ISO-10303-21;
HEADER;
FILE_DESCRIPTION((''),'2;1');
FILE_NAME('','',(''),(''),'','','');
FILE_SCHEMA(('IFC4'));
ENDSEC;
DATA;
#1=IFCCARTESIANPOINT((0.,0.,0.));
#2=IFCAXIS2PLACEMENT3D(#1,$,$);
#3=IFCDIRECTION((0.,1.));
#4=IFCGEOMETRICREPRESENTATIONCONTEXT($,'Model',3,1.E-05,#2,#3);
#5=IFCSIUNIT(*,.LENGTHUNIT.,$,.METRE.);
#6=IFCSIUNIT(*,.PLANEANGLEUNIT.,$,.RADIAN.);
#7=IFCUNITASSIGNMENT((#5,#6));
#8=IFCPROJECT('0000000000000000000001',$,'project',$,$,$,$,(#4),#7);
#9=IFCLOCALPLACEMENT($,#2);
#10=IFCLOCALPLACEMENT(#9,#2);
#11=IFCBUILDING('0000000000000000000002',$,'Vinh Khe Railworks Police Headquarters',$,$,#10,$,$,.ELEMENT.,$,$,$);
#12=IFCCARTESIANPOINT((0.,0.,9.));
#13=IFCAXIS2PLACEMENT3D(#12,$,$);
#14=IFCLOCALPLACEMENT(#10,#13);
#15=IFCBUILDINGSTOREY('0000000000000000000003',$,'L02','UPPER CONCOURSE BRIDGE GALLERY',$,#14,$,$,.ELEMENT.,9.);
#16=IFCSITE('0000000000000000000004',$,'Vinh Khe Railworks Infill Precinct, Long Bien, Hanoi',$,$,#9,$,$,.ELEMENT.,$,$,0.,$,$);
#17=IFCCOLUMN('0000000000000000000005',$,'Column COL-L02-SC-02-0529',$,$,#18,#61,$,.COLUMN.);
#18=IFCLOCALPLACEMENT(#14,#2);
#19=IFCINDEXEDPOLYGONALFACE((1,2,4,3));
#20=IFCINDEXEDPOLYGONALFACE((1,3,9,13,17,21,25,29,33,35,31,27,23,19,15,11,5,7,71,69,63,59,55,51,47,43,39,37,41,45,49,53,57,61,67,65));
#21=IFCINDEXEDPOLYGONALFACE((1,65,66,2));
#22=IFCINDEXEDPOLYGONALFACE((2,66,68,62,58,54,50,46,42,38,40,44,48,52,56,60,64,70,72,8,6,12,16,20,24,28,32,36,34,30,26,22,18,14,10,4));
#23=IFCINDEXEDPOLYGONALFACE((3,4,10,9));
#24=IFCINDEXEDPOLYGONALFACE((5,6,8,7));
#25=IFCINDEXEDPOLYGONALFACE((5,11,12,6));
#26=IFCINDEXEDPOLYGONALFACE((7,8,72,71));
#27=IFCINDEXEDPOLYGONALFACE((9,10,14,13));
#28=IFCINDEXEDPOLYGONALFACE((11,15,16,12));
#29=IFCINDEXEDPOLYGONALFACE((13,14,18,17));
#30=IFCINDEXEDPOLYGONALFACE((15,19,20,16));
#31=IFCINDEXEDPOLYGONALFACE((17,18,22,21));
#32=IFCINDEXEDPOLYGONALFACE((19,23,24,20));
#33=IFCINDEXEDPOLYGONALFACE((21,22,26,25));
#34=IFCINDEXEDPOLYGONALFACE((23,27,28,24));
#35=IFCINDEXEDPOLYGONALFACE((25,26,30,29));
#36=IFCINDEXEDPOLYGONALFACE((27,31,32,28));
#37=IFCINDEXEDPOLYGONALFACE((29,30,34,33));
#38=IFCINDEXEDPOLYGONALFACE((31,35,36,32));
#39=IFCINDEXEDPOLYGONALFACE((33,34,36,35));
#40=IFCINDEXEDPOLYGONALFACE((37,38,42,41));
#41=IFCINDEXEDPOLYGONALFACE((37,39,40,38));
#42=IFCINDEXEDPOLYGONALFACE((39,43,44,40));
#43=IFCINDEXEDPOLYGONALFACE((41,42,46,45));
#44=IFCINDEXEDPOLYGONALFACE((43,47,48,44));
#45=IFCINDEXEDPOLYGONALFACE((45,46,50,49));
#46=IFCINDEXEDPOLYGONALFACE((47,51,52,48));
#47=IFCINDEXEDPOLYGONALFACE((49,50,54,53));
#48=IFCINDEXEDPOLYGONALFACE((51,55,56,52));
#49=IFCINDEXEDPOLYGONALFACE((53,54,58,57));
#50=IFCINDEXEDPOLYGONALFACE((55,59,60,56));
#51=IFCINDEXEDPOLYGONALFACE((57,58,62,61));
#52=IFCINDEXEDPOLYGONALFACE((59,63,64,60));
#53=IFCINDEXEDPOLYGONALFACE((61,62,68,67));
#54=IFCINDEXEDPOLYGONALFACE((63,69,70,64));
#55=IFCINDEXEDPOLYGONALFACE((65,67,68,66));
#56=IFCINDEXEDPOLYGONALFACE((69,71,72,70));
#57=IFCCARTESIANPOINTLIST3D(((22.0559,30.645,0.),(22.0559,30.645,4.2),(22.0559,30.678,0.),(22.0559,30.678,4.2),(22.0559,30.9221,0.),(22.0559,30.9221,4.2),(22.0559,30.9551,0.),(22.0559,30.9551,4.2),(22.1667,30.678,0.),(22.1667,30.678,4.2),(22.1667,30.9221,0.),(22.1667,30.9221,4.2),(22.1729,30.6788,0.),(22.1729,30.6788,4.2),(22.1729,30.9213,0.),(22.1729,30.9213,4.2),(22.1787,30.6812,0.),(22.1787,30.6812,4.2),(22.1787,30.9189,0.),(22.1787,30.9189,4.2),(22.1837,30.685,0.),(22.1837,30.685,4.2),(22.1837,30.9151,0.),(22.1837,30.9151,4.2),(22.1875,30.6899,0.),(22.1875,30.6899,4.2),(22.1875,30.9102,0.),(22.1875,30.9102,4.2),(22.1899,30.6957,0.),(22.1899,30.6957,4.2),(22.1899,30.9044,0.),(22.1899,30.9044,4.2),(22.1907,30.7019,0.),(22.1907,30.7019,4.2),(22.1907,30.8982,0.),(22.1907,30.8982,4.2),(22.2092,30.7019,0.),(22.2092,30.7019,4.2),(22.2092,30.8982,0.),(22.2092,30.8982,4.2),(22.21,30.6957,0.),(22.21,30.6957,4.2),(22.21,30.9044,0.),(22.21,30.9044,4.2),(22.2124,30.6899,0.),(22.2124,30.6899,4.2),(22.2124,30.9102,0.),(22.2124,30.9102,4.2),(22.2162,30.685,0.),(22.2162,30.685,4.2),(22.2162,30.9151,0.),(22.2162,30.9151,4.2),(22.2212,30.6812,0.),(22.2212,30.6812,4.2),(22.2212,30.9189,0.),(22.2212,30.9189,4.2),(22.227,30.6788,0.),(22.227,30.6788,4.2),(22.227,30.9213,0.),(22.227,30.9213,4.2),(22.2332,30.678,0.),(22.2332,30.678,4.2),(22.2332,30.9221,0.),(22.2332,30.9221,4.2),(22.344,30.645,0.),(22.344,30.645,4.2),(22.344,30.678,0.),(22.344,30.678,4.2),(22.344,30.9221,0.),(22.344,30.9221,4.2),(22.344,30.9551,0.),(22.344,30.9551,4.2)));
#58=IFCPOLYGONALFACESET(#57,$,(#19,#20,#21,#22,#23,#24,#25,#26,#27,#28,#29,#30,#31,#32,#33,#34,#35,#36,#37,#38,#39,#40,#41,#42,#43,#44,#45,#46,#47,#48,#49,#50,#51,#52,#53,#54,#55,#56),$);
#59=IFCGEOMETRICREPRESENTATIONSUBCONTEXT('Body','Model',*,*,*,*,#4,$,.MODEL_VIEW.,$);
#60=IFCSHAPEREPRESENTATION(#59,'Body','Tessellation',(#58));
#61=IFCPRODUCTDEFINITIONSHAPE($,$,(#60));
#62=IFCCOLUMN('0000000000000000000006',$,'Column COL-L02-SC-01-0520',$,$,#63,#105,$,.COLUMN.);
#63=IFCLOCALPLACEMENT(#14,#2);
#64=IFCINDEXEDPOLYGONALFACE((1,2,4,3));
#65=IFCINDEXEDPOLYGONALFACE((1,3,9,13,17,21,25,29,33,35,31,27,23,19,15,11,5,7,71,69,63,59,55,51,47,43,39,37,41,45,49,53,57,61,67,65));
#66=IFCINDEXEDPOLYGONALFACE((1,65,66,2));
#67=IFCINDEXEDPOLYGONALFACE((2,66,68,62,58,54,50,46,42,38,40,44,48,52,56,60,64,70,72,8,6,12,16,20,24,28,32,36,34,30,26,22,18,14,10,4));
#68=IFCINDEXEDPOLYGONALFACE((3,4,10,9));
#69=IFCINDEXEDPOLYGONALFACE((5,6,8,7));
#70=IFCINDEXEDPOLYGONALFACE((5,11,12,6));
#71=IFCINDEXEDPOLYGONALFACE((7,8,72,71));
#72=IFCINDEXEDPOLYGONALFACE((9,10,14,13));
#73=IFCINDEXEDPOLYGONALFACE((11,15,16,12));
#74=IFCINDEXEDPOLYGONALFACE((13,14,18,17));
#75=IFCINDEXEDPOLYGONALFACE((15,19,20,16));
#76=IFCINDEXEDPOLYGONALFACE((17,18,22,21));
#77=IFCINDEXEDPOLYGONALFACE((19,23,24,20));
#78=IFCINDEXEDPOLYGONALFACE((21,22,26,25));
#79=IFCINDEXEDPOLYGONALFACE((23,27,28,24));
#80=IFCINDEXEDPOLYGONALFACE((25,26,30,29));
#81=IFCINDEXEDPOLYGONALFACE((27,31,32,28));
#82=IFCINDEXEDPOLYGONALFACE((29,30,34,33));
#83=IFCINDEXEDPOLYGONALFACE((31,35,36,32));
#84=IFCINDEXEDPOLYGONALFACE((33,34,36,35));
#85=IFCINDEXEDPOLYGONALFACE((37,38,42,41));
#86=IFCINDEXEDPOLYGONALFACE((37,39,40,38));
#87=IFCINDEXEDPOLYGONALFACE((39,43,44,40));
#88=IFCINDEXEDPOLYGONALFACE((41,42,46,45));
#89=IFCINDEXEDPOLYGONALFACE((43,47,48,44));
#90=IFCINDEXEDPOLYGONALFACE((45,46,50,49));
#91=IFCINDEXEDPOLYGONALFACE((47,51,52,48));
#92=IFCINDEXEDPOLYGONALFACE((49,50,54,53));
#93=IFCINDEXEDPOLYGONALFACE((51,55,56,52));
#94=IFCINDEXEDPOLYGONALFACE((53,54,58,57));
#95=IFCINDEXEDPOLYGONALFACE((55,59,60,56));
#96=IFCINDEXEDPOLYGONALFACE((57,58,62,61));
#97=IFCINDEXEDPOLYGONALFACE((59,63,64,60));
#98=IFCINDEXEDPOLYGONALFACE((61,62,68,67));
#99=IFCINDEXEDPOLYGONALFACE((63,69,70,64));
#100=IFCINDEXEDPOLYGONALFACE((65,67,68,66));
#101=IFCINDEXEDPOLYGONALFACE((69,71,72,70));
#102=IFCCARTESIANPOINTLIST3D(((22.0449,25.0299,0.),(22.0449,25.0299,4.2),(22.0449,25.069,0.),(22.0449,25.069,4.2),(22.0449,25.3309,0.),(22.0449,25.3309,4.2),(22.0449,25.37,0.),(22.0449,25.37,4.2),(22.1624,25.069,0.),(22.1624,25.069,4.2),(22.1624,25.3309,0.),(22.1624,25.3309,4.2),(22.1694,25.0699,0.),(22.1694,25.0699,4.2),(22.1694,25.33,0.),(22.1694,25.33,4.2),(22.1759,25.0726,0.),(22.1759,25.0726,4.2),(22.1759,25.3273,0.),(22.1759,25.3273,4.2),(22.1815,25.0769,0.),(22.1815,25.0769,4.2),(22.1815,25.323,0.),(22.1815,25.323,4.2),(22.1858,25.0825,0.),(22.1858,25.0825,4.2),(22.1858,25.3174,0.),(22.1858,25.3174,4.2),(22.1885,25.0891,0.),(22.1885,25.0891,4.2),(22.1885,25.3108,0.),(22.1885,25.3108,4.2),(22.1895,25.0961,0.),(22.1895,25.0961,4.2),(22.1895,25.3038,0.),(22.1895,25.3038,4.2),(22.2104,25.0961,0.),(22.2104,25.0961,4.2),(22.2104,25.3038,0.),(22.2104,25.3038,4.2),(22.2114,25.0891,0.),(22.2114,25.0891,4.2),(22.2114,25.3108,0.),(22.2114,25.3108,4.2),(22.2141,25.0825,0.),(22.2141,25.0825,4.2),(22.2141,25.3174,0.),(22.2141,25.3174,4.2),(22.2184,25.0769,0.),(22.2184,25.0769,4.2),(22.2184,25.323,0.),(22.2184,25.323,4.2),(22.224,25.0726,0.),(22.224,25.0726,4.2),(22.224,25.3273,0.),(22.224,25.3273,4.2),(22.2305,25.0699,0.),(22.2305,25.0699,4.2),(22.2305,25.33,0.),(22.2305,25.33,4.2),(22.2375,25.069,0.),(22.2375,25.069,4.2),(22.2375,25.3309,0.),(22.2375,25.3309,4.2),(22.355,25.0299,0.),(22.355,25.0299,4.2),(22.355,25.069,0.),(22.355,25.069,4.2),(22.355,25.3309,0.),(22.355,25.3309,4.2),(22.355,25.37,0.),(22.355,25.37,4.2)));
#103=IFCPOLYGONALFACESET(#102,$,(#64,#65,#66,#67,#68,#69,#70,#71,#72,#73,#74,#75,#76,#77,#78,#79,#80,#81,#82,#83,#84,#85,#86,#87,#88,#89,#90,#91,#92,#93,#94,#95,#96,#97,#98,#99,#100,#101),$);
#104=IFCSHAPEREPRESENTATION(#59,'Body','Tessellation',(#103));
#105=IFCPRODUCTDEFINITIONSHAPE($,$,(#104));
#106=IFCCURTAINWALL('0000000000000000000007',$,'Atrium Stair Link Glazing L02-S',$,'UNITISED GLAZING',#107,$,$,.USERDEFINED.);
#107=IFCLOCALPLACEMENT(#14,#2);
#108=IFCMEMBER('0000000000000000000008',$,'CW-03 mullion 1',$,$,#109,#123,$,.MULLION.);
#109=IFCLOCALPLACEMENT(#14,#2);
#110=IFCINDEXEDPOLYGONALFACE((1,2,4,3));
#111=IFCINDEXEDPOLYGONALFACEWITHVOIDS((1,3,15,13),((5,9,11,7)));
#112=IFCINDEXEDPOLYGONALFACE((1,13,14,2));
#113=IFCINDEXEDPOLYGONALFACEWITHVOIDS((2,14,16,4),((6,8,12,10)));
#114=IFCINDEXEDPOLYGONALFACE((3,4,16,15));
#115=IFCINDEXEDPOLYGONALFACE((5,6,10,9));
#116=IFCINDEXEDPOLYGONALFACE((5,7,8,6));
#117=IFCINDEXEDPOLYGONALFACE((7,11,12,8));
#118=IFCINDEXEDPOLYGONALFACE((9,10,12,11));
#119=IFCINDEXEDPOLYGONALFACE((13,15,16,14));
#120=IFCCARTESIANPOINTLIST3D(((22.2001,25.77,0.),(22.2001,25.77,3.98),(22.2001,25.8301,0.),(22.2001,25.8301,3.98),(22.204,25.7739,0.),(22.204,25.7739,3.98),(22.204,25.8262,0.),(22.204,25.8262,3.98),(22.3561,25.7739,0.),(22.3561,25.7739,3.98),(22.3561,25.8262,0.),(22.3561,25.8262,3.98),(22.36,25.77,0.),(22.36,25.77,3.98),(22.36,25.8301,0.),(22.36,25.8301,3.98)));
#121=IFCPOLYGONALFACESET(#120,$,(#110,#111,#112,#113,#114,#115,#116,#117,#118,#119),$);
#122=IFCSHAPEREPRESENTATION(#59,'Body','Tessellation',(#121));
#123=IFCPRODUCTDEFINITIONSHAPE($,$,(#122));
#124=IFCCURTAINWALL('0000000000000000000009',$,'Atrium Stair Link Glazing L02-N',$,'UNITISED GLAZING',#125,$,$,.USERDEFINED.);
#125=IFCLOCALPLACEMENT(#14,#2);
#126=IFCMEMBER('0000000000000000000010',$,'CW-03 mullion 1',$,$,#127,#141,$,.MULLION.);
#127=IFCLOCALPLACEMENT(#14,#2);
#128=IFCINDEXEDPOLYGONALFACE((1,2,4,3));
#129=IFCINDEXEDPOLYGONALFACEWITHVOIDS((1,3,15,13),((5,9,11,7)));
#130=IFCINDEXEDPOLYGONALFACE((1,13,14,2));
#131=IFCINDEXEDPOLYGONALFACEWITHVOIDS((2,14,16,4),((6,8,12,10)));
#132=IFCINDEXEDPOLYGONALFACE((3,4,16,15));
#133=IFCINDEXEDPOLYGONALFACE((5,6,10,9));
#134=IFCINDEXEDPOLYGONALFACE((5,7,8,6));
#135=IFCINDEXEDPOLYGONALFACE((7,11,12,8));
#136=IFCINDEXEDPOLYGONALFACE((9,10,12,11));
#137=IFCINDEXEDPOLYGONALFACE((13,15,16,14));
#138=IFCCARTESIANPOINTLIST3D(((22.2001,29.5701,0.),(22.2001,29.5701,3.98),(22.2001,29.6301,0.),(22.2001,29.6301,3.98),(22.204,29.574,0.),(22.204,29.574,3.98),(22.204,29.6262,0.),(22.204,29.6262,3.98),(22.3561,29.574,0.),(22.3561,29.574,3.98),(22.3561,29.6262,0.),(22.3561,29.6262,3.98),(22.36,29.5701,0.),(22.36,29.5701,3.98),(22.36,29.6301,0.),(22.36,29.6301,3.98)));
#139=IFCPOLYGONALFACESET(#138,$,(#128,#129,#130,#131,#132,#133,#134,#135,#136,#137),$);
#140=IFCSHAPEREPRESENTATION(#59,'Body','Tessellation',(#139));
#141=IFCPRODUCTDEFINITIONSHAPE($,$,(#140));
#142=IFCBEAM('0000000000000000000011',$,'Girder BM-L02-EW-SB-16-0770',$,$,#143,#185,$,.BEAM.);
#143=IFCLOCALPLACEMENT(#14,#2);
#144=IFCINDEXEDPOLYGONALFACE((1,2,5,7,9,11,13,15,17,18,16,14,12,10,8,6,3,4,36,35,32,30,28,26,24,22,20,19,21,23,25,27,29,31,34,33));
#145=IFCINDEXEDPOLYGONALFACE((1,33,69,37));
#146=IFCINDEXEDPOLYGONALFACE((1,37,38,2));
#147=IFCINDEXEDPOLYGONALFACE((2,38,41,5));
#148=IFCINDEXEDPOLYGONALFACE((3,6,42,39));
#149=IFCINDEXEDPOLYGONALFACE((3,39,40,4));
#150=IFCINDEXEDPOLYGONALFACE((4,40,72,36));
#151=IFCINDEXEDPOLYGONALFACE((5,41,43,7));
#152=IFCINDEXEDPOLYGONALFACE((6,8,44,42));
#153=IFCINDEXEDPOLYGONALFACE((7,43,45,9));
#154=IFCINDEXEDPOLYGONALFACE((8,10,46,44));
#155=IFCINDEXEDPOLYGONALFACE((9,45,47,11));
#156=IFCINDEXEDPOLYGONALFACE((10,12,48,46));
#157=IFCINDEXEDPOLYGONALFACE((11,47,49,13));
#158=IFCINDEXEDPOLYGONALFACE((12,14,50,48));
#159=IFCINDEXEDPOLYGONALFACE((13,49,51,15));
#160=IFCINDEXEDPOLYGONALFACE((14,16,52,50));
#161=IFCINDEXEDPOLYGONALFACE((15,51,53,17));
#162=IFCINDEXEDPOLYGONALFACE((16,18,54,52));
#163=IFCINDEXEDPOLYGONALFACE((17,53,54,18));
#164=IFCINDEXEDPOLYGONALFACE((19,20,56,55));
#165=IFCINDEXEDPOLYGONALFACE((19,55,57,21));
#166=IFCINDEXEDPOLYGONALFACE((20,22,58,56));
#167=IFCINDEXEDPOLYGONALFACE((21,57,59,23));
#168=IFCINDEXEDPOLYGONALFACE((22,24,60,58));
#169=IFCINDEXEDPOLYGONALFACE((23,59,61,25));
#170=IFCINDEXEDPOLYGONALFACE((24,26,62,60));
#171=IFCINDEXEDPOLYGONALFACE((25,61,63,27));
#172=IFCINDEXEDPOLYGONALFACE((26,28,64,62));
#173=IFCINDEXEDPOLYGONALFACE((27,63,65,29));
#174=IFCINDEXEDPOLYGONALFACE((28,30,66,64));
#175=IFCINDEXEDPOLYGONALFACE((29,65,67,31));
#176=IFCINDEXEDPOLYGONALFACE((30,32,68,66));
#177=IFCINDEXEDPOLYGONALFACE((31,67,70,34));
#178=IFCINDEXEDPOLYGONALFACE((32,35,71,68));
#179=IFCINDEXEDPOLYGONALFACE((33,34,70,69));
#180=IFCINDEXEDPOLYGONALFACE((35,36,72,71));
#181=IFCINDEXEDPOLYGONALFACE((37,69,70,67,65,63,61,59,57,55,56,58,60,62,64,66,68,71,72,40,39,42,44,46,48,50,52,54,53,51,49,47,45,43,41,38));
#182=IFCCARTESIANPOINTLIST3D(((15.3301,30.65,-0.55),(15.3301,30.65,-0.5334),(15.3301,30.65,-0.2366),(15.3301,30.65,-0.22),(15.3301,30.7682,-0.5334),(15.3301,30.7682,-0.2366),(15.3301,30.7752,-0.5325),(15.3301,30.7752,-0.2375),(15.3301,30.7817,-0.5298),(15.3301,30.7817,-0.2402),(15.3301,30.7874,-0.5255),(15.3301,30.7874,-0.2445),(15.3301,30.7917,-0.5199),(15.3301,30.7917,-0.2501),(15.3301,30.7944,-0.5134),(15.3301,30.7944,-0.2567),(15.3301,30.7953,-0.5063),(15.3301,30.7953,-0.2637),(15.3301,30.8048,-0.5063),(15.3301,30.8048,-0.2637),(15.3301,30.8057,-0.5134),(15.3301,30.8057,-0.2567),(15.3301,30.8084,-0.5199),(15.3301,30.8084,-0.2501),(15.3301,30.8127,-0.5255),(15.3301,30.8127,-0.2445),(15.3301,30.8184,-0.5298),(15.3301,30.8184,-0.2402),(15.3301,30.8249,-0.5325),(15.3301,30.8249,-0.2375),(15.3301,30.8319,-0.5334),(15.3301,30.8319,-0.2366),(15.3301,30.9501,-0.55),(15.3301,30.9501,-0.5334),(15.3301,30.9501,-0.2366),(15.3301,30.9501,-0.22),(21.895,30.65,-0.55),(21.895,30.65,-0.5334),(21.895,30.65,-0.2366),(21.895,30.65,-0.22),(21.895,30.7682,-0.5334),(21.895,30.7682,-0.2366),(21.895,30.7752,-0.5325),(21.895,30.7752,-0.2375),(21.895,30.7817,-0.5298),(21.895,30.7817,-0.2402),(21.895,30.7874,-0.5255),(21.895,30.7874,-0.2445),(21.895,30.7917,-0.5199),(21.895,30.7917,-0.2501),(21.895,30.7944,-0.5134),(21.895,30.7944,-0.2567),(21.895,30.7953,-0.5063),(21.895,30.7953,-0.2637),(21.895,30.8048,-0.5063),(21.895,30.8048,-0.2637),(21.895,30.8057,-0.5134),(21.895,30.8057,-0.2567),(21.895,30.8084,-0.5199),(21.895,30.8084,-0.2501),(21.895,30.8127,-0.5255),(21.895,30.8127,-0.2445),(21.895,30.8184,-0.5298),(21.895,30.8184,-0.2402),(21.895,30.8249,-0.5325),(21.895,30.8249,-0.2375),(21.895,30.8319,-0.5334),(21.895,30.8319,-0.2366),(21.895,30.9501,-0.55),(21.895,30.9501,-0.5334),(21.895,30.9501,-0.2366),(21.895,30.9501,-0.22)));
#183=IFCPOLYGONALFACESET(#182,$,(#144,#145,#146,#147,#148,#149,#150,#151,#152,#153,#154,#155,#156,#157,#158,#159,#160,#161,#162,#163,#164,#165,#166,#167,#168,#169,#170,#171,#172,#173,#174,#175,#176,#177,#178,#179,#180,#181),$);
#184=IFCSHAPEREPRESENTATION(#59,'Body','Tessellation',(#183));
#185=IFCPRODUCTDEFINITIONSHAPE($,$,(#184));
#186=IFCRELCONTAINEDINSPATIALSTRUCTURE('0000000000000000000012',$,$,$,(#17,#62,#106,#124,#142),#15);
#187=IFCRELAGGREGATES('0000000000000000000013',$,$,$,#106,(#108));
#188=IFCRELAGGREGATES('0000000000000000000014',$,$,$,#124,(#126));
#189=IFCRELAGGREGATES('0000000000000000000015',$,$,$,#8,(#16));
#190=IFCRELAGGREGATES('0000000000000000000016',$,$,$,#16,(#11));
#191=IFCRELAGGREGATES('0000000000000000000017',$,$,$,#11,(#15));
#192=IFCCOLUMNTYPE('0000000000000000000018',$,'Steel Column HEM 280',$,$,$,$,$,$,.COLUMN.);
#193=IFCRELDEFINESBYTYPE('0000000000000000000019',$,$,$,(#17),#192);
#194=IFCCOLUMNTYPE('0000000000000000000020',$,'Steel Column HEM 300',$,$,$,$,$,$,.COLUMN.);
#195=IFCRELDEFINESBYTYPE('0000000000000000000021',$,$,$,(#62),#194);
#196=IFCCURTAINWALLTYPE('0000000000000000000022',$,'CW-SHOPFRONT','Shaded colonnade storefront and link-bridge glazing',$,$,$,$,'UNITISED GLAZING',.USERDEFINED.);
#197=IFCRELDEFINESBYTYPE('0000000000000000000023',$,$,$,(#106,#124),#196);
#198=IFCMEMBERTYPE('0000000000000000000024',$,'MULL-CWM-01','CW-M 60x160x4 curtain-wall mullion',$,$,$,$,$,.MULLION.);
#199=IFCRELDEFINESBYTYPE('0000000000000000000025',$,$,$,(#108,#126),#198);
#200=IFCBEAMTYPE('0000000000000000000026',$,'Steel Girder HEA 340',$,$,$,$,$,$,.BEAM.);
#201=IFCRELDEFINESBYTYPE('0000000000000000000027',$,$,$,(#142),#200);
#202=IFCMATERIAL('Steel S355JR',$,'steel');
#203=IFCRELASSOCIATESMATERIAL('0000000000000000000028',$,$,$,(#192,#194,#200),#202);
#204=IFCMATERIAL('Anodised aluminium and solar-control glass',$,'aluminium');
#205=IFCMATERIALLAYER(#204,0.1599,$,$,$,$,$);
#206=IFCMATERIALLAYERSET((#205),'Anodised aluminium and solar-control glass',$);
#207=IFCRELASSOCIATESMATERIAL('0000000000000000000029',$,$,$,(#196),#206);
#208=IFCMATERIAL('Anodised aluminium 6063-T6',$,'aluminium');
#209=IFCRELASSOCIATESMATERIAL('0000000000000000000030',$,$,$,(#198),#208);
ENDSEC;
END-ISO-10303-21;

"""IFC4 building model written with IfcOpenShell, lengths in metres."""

from ifc_helpers import new_model, si_unit, direction, frame, origin, origin_2d, place, context, subcontext, project, spatial, hollow_rectangle, i_section, extrude, material, layer, layer_set, material_profile, profile_set, type_object, element, aggregate, save


model = new_model("IFC4")

# Units and contexts
model_context = context("Model", 3, precision=1e-05, world=origin(), true_north=direction((0.0, 1.0)))
body_context = subcontext(model_context, "Body", "Model", "MODEL_VIEW")
ifc_project = project(units=[si_unit("LENGTHUNIT", "METRE"), si_unit("PLANEANGLEUNIT", "RADIAN")], contexts=[model_context])

# Site, building, storey
site_placement = place(None, origin())
site = spatial("IfcSite", under=ifc_project, at=site_placement, Name="Vinh Khe Railworks Infill Precinct, Long Bien, Hanoi", CompositionType="ELEMENT", RefElevation=0.0)
building_placement = place(site_placement, origin())
building = spatial("IfcBuilding", under=site, at=building_placement, Name="Vinh Khe Railworks Police Headquarters", CompositionType="ELEMENT")
storey_placement = place(building_placement, frame((0.0, 0.0, 9.0)))
storey = spatial("IfcBuildingStorey", under=building, at=storey_placement, Name="L02", Description="UPPER CONCOURSE BRIDGE GALLERY", CompositionType="ELEMENT", Elevation=9.0)

# Columns
ifc_material_1 = material(Name="Steel S355JR", Category="steel")
ifc_material_profile_1 = material_profile(ifc_material_1, i_section(OverallWidth=0.2881, OverallDepth=0.3101, WebThickness=0.0186, FlangeThickness=0.033, FilletRadius=0.0239, at=origin_2d()), Name="HEM 280")
ifc_profile_set_1 = profile_set([ifc_material_profile_1], Name="Steel S355JR")
column_type_1 = type_object("IfcColumnType", Name="Steel Column HEM 280", PredefinedType="COLUMN", material=ifc_profile_set_1)
column_1_placement = place(storey_placement, frame((22.2, 30.8, 0.0), z_axis=(0.0, 0.0, 1.0), x_axis=(1.0, 0.0, 0.0)))
element("IfcColumn", 1, at=column_1_placement, inside=storey, type_object=column_type_1, Name="Column COL-L02-SC-02-0529", PredefinedType="COLUMN", context=body_context, shape_type="SweptSolid", body=[
    extrude(i_section(OverallWidth=0.2881, OverallDepth=0.3101, WebThickness=0.0186, FlangeThickness=0.033, FilletRadius=0.0239, at=origin_2d()), origin(), (0.0, 0.0, 1.0), 4.2),
])
ifc_material_profile_2 = material_profile(ifc_material_1, i_section(OverallWidth=0.3101, OverallDepth=0.3401, WebThickness=0.021, FlangeThickness=0.0391, FilletRadius=0.0271, at=origin_2d()), Name="HEM 300")
ifc_profile_set_2 = profile_set([ifc_material_profile_2], Name="Steel S355JR")
column_type_2 = type_object("IfcColumnType", Name="Steel Column HEM 300", PredefinedType="COLUMN", material=ifc_profile_set_2)
column_2_placement = place(storey_placement, frame((22.2, 25.2, 0.0), z_axis=(0.0, 0.0, 1.0), x_axis=(1.0, 0.0, 0.0)))
element("IfcColumn", 2, at=column_2_placement, inside=storey, type_object=column_type_2, Name="Column COL-L02-SC-01-0520", PredefinedType="COLUMN", context=body_context, shape_type="SweptSolid", body=[
    extrude(i_section(OverallWidth=0.3101, OverallDepth=0.3401, WebThickness=0.021, FlangeThickness=0.0391, FilletRadius=0.0271, at=origin_2d()), origin(), (0.0, 0.0, 1.0), 4.2),
])

# Curtain walls, members
ifc_material_2 = material(Name="Anodised aluminium and solar-control glass", Category="aluminium")
ifc_layer_1 = layer(ifc_material_2, 0.1599)
ifc_layer_set_1 = layer_set([ifc_layer_1], Name="Anodised aluminium and solar-control glass")
curtain_wall_type = type_object("IfcCurtainWallType", Name="CW-SHOPFRONT", Description="Shaded colonnade storefront and link-bridge glazing", ElementType="UNITISED GLAZING", PredefinedType="USERDEFINED", material=ifc_layer_set_1)
curtain_wall_1_placement = place(storey_placement, origin())
curtain_wall_1 = element("IfcCurtainWall", 3, at=curtain_wall_1_placement, inside=storey, type_object=curtain_wall_type, Name="Atrium Stair Link Glazing L02-S", ObjectType="UNITISED GLAZING", PredefinedType="USERDEFINED")
ifc_material_3 = material(Name="Anodised aluminium 6063-T6", Category="aluminium")
ifc_material_profile_3 = material_profile(ifc_material_3, hollow_rectangle(XDim=0.0601, YDim=0.1599, WallThickness=0.0039, at=origin_2d()), Name="CW-M 60x160x4")
ifc_profile_set_3 = profile_set([ifc_material_profile_3], Name="Anodised aluminium 6063-T6")
member_type_1 = type_object("IfcMemberType", Name="MULL-CWM-01", Description="CW-M 60x160x4 curtain-wall mullion", PredefinedType="MULLION", material=ifc_profile_set_3)
member_1_placement = place(storey_placement, frame((22.28, 25.8, 0.0), z_axis=(0.0, 0.0, 1.0), x_axis=(0.0, 1.0, 0.0)))
member_1 = element("IfcMember", 4, at=member_1_placement, type_object=member_type_1, Name="CW-03 mullion 1", PredefinedType="MULLION", context=body_context, shape_type="SweptSolid", body=[
    extrude(hollow_rectangle(XDim=0.0601, YDim=0.1599, WallThickness=0.0039, at=origin_2d()), origin(), (0.0, 0.0, 1.0), 3.98),
])
curtain_wall_2_placement = place(storey_placement, origin())
curtain_wall_2 = element("IfcCurtainWall", 5, at=curtain_wall_2_placement, inside=storey, type_object=curtain_wall_type, Name="Atrium Stair Link Glazing L02-N", ObjectType="UNITISED GLAZING", PredefinedType="USERDEFINED")
member_2_placement = place(storey_placement, frame((22.28, 29.6001, 0.0), z_axis=(0.0, 0.0, 1.0), x_axis=(0.0, 1.0, 0.0)))
member_2 = element("IfcMember", 6, at=member_2_placement, type_object=member_type_1, Name="CW-03 mullion 1", PredefinedType="MULLION", context=body_context, shape_type="SweptSolid", body=[
    extrude(hollow_rectangle(XDim=0.0601, YDim=0.1599, WallThickness=0.0039, at=origin_2d()), origin(), (0.0, 0.0, 1.0), 3.98),
])

# Beam
ifc_material_profile_4 = material_profile(ifc_material_1, i_section(OverallWidth=0.3, OverallDepth=0.3301, WebThickness=0.0095, FlangeThickness=0.0166, FilletRadius=0.0271, at=origin_2d()), Name="HEA 340")
ifc_profile_set_4 = profile_set([ifc_material_profile_4], Name="Steel S355JR")
beam_type_1 = type_object("IfcBeamType", Name="Steel Girder HEA 340", PredefinedType="BEAM", material=ifc_profile_set_4)
beam_1_placement = place(storey_placement, frame((15.3301, 30.8, -0.385), z_axis=(1.0, 0.0, 0.0), x_axis=(0.0, 1.0, 0.0)))
element("IfcBeam", 7, at=beam_1_placement, inside=storey, type_object=beam_type_1, Name="Girder BM-L02-EW-SB-16-0770", PredefinedType="BEAM", context=body_context, shape_type="SweptSolid", body=[
    extrude(i_section(OverallWidth=0.3, OverallDepth=0.3301, WebThickness=0.0095, FlangeThickness=0.0166, FilletRadius=0.0271, at=origin_2d()), origin(), (0.0, 0.0, 1.0), 6.5649),
])

aggregate(curtain_wall_1, [member_1])
aggregate(curtain_wall_2, [member_2])

save(model, "model.ifc")
